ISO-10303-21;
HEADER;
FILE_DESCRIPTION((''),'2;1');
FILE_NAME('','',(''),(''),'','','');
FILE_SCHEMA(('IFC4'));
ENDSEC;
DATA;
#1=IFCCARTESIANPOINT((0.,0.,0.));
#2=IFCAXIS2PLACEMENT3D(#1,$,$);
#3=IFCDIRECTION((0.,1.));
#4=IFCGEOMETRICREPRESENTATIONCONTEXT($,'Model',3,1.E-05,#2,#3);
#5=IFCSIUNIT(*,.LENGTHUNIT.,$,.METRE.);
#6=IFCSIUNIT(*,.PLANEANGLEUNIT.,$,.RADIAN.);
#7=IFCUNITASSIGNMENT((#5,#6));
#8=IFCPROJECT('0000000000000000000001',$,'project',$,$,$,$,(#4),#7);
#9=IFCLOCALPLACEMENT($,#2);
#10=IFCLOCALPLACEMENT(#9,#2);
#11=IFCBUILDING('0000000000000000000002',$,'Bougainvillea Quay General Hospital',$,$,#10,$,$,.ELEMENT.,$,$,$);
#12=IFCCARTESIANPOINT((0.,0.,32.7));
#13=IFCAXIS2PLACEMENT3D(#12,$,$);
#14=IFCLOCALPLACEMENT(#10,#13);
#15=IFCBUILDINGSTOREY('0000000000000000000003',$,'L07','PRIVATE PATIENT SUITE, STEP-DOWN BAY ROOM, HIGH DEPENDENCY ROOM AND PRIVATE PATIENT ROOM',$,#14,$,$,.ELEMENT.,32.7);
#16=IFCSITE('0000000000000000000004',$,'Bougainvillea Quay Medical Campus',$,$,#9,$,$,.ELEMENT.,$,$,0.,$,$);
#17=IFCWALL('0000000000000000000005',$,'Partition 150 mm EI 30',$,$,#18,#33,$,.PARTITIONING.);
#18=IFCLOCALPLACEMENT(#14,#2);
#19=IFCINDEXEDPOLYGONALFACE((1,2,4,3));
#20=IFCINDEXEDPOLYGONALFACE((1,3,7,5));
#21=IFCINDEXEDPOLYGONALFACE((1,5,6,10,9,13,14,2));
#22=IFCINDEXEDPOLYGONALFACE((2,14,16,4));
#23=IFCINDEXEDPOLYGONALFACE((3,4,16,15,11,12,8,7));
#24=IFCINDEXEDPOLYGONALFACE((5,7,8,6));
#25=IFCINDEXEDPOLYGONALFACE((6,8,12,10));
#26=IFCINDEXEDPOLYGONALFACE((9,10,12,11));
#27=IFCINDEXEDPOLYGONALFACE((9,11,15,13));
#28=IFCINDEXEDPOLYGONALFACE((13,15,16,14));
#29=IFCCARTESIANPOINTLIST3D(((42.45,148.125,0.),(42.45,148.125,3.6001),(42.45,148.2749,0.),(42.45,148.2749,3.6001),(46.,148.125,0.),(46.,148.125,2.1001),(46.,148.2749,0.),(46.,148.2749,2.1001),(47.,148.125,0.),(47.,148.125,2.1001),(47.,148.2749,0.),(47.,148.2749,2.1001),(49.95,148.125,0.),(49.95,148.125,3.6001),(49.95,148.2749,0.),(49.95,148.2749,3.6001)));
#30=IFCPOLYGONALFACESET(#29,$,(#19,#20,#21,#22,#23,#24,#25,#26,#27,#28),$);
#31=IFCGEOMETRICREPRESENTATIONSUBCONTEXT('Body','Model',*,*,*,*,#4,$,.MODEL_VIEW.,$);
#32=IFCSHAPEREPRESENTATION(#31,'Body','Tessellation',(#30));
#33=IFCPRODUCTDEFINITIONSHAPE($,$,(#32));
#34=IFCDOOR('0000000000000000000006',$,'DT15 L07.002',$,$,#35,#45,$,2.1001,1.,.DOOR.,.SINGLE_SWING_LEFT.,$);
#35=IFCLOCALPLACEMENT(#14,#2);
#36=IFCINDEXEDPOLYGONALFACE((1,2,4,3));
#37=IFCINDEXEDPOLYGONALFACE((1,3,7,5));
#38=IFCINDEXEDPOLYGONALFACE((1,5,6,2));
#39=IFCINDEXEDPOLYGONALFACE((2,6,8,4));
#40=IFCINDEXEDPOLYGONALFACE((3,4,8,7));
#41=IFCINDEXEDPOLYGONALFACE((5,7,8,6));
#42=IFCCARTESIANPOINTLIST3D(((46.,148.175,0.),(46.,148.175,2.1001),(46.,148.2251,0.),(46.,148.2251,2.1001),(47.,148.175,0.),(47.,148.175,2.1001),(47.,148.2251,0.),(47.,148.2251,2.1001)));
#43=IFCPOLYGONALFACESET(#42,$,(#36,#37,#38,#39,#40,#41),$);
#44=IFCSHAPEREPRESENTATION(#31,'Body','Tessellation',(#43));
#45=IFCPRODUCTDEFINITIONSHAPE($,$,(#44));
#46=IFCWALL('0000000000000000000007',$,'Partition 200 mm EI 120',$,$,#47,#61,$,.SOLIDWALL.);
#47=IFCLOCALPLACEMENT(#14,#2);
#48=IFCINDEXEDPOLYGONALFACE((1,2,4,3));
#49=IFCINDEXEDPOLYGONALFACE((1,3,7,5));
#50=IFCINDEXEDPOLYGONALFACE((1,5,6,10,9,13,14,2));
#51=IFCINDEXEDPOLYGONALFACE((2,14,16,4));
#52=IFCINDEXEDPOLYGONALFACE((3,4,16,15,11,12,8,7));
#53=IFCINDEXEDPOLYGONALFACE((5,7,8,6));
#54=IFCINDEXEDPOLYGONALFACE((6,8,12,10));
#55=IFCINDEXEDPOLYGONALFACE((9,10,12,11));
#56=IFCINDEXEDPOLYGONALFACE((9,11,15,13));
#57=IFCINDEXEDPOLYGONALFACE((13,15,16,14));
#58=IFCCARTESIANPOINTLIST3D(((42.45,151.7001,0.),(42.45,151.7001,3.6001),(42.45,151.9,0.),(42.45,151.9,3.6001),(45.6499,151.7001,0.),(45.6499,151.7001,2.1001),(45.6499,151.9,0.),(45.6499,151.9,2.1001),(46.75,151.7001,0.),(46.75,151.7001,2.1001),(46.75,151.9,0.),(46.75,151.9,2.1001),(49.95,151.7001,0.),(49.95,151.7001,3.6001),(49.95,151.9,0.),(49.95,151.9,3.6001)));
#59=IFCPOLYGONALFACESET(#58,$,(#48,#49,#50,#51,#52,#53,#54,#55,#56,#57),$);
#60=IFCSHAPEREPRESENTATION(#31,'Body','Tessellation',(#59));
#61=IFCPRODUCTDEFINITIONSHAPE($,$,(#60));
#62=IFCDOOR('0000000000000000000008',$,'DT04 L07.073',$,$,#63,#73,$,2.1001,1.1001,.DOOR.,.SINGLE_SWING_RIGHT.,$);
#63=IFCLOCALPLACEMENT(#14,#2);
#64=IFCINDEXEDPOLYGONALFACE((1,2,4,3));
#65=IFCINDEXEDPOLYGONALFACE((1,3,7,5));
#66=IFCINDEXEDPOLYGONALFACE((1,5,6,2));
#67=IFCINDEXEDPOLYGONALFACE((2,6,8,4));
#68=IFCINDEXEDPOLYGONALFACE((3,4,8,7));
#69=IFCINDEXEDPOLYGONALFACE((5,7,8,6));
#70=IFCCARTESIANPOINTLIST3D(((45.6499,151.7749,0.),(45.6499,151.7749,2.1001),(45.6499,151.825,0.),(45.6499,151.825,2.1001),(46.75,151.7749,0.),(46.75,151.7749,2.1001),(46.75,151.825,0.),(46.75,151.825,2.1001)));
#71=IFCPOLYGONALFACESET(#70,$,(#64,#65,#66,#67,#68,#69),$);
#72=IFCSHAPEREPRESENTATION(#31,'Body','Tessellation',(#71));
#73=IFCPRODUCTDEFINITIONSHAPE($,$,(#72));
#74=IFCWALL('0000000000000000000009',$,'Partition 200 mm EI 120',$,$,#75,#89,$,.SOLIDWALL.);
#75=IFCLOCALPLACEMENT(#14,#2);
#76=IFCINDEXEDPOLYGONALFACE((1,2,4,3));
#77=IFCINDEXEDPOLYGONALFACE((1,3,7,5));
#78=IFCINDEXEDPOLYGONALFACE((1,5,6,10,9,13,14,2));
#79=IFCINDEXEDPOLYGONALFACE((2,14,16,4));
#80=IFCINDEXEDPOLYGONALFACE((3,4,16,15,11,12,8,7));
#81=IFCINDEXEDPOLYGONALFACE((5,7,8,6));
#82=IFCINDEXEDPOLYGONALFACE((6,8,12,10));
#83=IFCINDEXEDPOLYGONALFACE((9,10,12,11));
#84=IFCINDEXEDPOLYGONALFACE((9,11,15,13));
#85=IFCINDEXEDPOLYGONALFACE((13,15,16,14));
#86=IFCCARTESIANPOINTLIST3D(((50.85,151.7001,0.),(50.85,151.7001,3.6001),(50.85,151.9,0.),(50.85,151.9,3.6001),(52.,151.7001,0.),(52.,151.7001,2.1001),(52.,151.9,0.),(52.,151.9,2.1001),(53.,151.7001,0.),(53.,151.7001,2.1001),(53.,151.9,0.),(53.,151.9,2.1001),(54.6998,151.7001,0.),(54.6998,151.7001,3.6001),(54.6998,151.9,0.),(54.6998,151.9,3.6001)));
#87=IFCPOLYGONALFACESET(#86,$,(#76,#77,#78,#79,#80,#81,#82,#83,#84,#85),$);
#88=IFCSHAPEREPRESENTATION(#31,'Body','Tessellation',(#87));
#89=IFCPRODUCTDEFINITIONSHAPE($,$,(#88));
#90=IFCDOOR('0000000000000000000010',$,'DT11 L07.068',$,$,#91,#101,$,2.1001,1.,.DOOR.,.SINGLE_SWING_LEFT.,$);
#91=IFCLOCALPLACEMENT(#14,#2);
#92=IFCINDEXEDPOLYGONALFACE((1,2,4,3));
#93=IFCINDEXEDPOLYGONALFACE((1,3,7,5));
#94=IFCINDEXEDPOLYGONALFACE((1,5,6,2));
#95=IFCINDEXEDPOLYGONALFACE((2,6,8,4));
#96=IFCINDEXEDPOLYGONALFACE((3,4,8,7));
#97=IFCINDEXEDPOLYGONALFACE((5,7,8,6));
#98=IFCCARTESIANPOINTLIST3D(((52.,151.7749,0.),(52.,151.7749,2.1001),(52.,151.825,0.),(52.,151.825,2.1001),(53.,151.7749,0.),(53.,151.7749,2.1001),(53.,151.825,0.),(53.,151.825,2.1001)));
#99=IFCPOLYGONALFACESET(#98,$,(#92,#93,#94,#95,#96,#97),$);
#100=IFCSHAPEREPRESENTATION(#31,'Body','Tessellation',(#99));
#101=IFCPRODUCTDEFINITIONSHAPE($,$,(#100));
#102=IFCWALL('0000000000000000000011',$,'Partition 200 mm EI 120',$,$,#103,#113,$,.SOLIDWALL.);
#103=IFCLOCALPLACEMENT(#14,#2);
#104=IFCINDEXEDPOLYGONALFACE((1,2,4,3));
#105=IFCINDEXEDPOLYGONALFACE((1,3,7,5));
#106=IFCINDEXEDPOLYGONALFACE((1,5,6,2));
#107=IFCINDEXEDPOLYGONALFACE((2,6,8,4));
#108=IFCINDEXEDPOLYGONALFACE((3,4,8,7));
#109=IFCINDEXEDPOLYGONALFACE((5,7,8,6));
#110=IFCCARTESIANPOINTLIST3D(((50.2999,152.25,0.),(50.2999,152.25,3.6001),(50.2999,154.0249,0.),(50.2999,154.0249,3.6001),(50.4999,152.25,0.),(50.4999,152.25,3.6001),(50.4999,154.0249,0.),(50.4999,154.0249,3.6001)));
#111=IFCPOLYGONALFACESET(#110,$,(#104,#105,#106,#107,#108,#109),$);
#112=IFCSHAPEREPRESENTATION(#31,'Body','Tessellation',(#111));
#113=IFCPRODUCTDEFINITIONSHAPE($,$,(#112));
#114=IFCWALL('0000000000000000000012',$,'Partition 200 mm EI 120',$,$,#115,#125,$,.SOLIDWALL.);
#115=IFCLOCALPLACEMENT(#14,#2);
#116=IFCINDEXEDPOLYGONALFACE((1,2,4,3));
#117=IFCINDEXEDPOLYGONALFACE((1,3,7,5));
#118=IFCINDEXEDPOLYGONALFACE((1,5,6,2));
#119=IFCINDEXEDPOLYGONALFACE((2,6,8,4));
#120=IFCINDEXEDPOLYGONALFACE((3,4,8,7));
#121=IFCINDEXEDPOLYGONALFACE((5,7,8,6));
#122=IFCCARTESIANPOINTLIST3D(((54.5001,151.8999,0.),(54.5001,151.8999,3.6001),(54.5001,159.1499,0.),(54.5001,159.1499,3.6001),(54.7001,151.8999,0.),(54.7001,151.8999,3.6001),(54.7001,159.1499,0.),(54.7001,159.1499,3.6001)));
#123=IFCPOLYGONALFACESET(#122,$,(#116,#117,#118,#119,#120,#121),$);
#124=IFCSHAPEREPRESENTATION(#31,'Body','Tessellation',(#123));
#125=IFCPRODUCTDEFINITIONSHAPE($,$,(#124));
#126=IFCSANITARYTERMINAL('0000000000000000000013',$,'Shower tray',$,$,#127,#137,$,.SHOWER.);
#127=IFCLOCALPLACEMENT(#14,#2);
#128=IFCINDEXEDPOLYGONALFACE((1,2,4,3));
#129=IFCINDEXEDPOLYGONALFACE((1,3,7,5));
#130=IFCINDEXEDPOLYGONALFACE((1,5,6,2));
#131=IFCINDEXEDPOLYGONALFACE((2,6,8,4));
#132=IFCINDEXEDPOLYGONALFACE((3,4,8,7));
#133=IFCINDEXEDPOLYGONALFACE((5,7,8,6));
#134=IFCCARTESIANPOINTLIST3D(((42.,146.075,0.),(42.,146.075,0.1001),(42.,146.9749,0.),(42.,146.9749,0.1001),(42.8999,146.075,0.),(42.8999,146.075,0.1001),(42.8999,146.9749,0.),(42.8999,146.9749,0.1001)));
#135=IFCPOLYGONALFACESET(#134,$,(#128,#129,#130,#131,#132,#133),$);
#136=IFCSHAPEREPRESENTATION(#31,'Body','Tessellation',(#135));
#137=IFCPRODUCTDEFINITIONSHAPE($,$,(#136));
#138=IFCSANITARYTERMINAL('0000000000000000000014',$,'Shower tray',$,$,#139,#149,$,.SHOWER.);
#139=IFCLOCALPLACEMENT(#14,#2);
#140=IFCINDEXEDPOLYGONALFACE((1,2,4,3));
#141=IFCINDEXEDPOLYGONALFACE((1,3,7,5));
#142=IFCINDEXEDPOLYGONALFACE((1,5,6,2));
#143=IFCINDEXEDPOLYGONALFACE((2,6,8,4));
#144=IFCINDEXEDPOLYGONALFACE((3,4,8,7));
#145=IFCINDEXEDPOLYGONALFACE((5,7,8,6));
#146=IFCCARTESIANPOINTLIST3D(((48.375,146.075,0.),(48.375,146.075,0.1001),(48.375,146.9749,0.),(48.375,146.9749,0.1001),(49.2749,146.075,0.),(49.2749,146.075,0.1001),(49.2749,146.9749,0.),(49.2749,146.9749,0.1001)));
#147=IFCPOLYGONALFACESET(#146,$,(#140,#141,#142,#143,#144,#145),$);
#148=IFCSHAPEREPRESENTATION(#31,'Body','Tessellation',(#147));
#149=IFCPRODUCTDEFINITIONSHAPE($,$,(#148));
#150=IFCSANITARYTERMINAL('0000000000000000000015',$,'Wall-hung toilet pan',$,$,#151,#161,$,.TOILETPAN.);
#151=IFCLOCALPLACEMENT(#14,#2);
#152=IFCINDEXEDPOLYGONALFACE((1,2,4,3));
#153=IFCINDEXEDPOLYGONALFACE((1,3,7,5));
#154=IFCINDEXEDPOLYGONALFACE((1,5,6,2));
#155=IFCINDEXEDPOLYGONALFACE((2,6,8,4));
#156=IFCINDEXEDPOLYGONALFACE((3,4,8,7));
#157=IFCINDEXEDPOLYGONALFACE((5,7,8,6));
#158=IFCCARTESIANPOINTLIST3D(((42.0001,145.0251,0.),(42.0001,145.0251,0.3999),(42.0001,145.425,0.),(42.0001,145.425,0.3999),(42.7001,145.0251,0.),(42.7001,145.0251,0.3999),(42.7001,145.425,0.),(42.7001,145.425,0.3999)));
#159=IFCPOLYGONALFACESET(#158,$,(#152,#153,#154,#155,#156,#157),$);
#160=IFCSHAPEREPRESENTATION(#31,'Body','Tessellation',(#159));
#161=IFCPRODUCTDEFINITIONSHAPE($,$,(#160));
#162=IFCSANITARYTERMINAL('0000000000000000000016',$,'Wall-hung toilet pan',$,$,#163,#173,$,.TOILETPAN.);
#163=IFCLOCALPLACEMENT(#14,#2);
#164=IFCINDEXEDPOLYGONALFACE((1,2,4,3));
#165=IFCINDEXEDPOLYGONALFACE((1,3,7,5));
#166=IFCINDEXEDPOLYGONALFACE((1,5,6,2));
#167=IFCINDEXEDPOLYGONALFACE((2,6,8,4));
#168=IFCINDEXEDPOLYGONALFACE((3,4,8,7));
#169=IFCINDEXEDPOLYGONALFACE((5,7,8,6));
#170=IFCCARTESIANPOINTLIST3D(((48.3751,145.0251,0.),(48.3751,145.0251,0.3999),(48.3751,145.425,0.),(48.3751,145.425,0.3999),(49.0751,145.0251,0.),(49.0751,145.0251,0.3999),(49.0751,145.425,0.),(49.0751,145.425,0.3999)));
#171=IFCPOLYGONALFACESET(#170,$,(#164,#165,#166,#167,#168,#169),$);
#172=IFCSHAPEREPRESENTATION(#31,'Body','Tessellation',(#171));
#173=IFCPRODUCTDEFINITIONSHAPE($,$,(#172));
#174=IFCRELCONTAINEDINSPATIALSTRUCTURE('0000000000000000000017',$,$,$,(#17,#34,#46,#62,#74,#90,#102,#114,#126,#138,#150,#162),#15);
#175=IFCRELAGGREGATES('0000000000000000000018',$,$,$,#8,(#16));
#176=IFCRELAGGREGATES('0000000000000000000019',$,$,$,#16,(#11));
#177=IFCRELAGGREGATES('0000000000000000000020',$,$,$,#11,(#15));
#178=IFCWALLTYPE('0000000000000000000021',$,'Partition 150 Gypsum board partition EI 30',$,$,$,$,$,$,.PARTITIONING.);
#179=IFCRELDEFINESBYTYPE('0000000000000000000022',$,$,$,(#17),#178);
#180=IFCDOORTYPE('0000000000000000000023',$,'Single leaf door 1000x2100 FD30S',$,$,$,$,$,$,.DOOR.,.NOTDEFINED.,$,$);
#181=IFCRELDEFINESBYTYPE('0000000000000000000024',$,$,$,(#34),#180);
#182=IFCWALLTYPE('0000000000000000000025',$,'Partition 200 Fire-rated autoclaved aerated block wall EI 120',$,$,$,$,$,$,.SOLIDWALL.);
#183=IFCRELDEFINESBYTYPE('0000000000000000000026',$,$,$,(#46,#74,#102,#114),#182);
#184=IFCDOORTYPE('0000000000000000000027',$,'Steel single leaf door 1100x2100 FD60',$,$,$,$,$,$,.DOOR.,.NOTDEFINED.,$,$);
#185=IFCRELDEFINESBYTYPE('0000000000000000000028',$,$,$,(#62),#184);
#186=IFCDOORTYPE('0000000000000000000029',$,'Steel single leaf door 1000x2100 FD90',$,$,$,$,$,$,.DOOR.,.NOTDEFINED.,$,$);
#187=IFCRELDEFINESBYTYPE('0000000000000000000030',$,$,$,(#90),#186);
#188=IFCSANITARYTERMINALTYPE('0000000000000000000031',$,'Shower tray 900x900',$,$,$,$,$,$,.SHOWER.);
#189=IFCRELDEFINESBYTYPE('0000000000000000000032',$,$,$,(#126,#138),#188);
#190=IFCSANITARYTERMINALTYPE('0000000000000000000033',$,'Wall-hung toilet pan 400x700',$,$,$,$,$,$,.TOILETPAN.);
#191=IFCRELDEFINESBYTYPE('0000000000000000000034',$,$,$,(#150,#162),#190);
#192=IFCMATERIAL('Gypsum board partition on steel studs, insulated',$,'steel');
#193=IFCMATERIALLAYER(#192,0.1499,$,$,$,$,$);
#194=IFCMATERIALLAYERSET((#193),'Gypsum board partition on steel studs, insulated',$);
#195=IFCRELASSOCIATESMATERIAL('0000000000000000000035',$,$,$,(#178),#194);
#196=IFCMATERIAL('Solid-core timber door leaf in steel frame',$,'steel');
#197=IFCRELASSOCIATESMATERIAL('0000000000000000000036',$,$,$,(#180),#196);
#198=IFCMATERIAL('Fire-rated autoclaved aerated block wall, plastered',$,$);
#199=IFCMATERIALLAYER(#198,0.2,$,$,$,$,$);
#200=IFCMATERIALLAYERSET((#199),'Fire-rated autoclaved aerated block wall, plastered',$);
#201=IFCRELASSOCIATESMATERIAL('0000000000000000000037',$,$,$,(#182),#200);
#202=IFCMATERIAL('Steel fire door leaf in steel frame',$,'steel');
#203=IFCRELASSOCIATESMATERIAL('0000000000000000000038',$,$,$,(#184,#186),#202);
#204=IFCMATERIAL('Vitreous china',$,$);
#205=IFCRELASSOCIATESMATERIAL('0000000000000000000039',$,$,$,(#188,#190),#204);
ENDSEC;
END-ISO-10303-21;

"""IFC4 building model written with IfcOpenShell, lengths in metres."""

from ifc_helpers import new_model, si_unit, direction, frame, frame_2d, origin, origin_2d, place, context, subcontext, project, spatial, rectangle, extrude, material, layer, layer_set, type_object, element, fill, save


model = new_model("IFC4")

# Units and contexts
model_context = context("Model", 3, precision=1e-05, world=origin(), true_north=direction((0.0, 1.0)))
body_context = subcontext(model_context, "Body", "Model", "MODEL_VIEW")
ifc_project = project(units=[si_unit("LENGTHUNIT", "METRE"), si_unit("PLANEANGLEUNIT", "RADIAN")], contexts=[model_context])

# Site, building, storey
site_placement = place(None, origin())
site = spatial("IfcSite", under=ifc_project, at=site_placement, Name="Bougainvillea Quay Medical Campus", CompositionType="ELEMENT", RefElevation=0.0)
building_placement = place(site_placement, origin())
building = spatial("IfcBuilding", under=site, at=building_placement, Name="Bougainvillea Quay General Hospital", CompositionType="ELEMENT")
storey_placement = place(building_placement, frame((0.0, 0.0, 32.7)))
storey = spatial("IfcBuildingStorey", under=building, at=storey_placement, Name="L07", Description="PRIVATE PATIENT SUITE, STEP-DOWN BAY ROOM, HIGH DEPENDENCY ROOM AND PRIVATE PATIENT ROOM", CompositionType="ELEMENT", Elevation=32.7)

# Walls, openings, doors
ifc_material_1 = material(Name="Gypsum board partition on steel studs, insulated", Category="steel")
ifc_layer_1 = layer(ifc_material_1, 0.1499)
ifc_layer_set_1 = layer_set([ifc_layer_1], Name="Gypsum board partition on steel studs, insulated")
wall_type_1 = type_object("IfcWallType", Name="Partition 150 Gypsum board partition EI 30", PredefinedType="PARTITIONING", material=ifc_layer_set_1)
wall_1_placement = place(storey_placement, frame((49.95, 148.2, 0.0), z_axis=(0.0, 0.0, 1.0), x_axis=(-1.0, 0.0, 0.0)))
wall_1 = element("IfcWall", 1, at=wall_1_placement, inside=storey, type_object=wall_type_1, Name="Partition 150 mm EI 30", PredefinedType="PARTITIONING", context=body_context, shape_type="SweptSolid", body=[
    extrude(rectangle(XDim=7.5, YDim=0.1499, at=frame_2d((3.75, 0.0))), origin(), (0.0, 0.0, 1.0), 3.6001),
])
opening_1_placement = place(wall_1_placement, frame((2.95, 0.0, 0.0)))
opening_1 = element("IfcOpeningElement", 2, at=opening_1_placement, cuts=wall_1, PredefinedType="OPENING", context=body_context, shape_type="SweptSolid", body=[
    extrude(rectangle(XDim=1.0, YDim=2.1001, at=frame_2d((0.5, 1.05))), frame((0.0, 0.085, 0.0), z_axis=(0.0, -1.0, 0.0), x_axis=(1.0, 0.0, 0.0)), (0.0, 0.0, 1.0), 0.1699),
])
ifc_material_2 = material(Name="Solid-core timber door leaf in steel frame", Category="steel")
door_type_1 = type_object("IfcDoorType", Name="Single leaf door 1000x2100 FD30S", OperationType="NOTDEFINED", PredefinedType="DOOR", material=ifc_material_2)
door_1_placement = place(opening_1_placement, origin())
door_1 = element("IfcDoor", 3, at=door_1_placement, inside=storey, type_object=door_type_1, Name="DT15 L07.002", OperationType="SINGLE_SWING_LEFT", OverallHeight=2.1001, OverallWidth=1.0, PredefinedType="DOOR", context=body_context, shape_type="SweptSolid", body=[
    extrude(rectangle(XDim=1.0, YDim=2.1001, at=frame_2d((0.5, 1.05))), frame((0.0, 0.0249, 0.0), z_axis=(0.0, -1.0, 0.0), x_axis=(1.0, 0.0, 0.0)), (0.0, 0.0, 1.0), 0.05),
])
fill(opening_1, door_1)
ifc_material_3 = material(Name="Fire-rated autoclaved aerated block wall, plastered")
ifc_layer_2 = layer(ifc_material_3, 0.2)
ifc_layer_set_2 = layer_set([ifc_layer_2], Name="Fire-rated autoclaved aerated block wall, plastered")
wall_type_2 = type_object("IfcWallType", Name="Partition 200 Fire-rated autoclaved aerated block wall EI 120", PredefinedType="SOLIDWALL", material=ifc_layer_set_2)
wall_2_placement = place(storey_placement, frame((42.45, 151.8, 0.0), z_axis=(0.0, 0.0, 1.0), x_axis=(1.0, 0.0, 0.0)))
wall_2 = element("IfcWall", 4, at=wall_2_placement, inside=storey, type_object=wall_type_2, Name="Partition 200 mm EI 120", PredefinedType="SOLIDWALL", context=body_context, shape_type="SweptSolid", body=[
    extrude(rectangle(XDim=7.5, YDim=0.2, at=frame_2d((3.75, 0.0))), origin(), (0.0, 0.0, 1.0), 3.6001),
])
opening_2_placement = place(wall_2_placement, frame((3.2, 0.0, 0.0)))
opening_2 = element("IfcOpeningElement", 5, at=opening_2_placement, cuts=wall_2, PredefinedType="OPENING", context=body_context, shape_type="SweptSolid", body=[
    extrude(rectangle(XDim=1.1001, YDim=2.1001, at=frame_2d((0.55, 1.05))), frame((0.0, 0.1099, 0.0), z_axis=(0.0, -1.0, 0.0), x_axis=(1.0, 0.0, 0.0)), (0.0, 0.0, 1.0), 0.22),
])
ifc_material_4 = material(Name="Steel fire door leaf in steel frame", Category="steel")
door_type_2 = type_object("IfcDoorType", Name="Steel single leaf door 1100x2100 FD60", OperationType="NOTDEFINED", PredefinedType="DOOR", material=ifc_material_4)
door_2_placement = place(opening_2_placement, origin())
door_2 = element("IfcDoor", 6, at=door_2_placement, inside=storey, type_object=door_type_2, Name="DT04 L07.073", OperationType="SINGLE_SWING_RIGHT", OverallHeight=2.1001, OverallWidth=1.1001, PredefinedType="DOOR", context=body_context, shape_type="SweptSolid", body=[
    extrude(rectangle(XDim=1.1001, YDim=2.1001, at=frame_2d((0.55, 1.05))), frame((0.0, 0.0249, 0.0), z_axis=(0.0, -1.0, 0.0), x_axis=(1.0, 0.0, 0.0)), (0.0, 0.0, 1.0), 0.05),
])
fill(opening_2, door_2)
wall_3_placement = place(storey_placement, frame((50.8501, 151.8, 0.0), z_axis=(0.0, 0.0, 1.0), x_axis=(1.0, 0.0, 0.0)))
wall_3 = element("IfcWall", 7, at=wall_3_placement, inside=storey, type_object=wall_type_2, Name="Partition 200 mm EI 120", PredefinedType="SOLIDWALL", context=body_context, shape_type="SweptSolid", body=[
    extrude(rectangle(XDim=3.8499, YDim=0.2, at=frame_2d((1.9248, 0.0))), origin(), (0.0, 0.0, 1.0), 3.6001),
])
opening_3_placement = place(wall_3_placement, frame((1.1499, 0.0, 0.0)))
opening_3 = element("IfcOpeningElement", 8, at=opening_3_placement, cuts=wall_3, PredefinedType="OPENING", context=body_context, shape_type="SweptSolid", body=[
    extrude(rectangle(XDim=1.0, YDim=2.1001, at=frame_2d((0.5, 1.05))), frame((0.0, 0.1099, 0.0), z_axis=(0.0, -1.0, 0.0), x_axis=(1.0, 0.0, 0.0)), (0.0, 0.0, 1.0), 0.22),
])
door_type_3 = type_object("IfcDoorType", Name="Steel single leaf door 1000x2100 FD90", OperationType="NOTDEFINED", PredefinedType="DOOR", material=ifc_material_4)
door_3_placement = place(opening_3_placement, origin())
door_3 = element("IfcDoor", 9, at=door_3_placement, inside=storey, type_object=door_type_3, Name="DT11 L07.068", OperationType="SINGLE_SWING_LEFT", OverallHeight=2.1001, OverallWidth=1.0, PredefinedType="DOOR", context=body_context, shape_type="SweptSolid", body=[
    extrude(rectangle(XDim=1.0, YDim=2.1001, at=frame_2d((0.5, 1.05))), frame((0.0, 0.0249, 0.0), z_axis=(0.0, -1.0, 0.0), x_axis=(1.0, 0.0, 0.0)), (0.0, 0.0, 1.0), 0.05),
])
fill(opening_3, door_3)

# Walls
wall_4_placement = place(storey_placement, frame((50.3999, 152.25, 0.0), z_axis=(0.0, 0.0, 1.0), x_axis=(0.0, 1.0, 0.0)))
element("IfcWall", 10, at=wall_4_placement, inside=storey, type_object=wall_type_2, Name="Partition 200 mm EI 120", PredefinedType="SOLIDWALL", context=body_context, shape_type="SweptSolid", body=[
    extrude(rectangle(XDim=1.7749, YDim=0.2, at=frame_2d((0.8875, 0.0))), origin(), (0.0, 0.0, 1.0), 3.6001),
])
wall_5_placement = place(storey_placement, frame((54.6001, 151.8999, 0.0), z_axis=(0.0, 0.0, 1.0), x_axis=(0.0, 1.0, 0.0)))
element("IfcWall", 11, at=wall_5_placement, inside=storey, type_object=wall_type_2, Name="Partition 200 mm EI 120", PredefinedType="SOLIDWALL", context=body_context, shape_type="SweptSolid", body=[
    extrude(rectangle(XDim=7.25, YDim=0.2, at=frame_2d((3.625, 0.0))), origin(), (0.0, 0.0, 1.0), 3.6001),
])

# Sanitary terminals
ifc_material_5 = material(Name="Vitreous china")
sanitary_terminal_type_1 = type_object("IfcSanitaryTerminalType", Name="Shower tray 900x900", PredefinedType="SHOWER", material=ifc_material_5)
for number, where, z_axis, x_axis, name in (
    (12, (42.45, 146.5249, 0.0), (0.0, 0.0, 1.0), (0.0, 1.0, 0.0), "Shower tray"),
    (13, (48.825, 146.5249, 0.0), (0.0, 0.0, 1.0), (0.0, 1.0, 0.0), "Shower tray"),
):
    element("IfcSanitaryTerminal", number, at=place(storey_placement, frame(where, z_axis=z_axis, x_axis=x_axis)), inside=storey, type_object=sanitary_terminal_type_1, Name=name, PredefinedType="SHOWER", context=body_context, shape_type="SweptSolid", body=[
        extrude(rectangle(XDim=0.8999, YDim=0.8999, at=origin_2d()), origin(), (0.0, 0.0, 1.0), 0.1001),
    ])
sanitary_terminal_type_2 = type_object("IfcSanitaryTerminalType", Name="Wall-hung toilet pan 400x700", PredefinedType="TOILETPAN", material=ifc_material_5)
for number, where, z_axis, x_axis, name in (
    (14, (42.3501, 145.2251, 0.0), (0.0, 0.0, 1.0), (0.0, 1.0, 0.0), "Wall-hung toilet pan"),
    (15, (48.7251, 145.2251, 0.0), (0.0, 0.0, 1.0), (0.0, 1.0, 0.0), "Wall-hung toilet pan"),
):
    element("IfcSanitaryTerminal", number, at=place(storey_placement, frame(where, z_axis=z_axis, x_axis=x_axis)), inside=storey, type_object=sanitary_terminal_type_2, Name=name, PredefinedType="TOILETPAN", context=body_context, shape_type="SweptSolid", body=[
        extrude(rectangle(XDim=0.3999, YDim=0.7, at=origin_2d()), origin(), (0.0, 0.0, 1.0), 0.3999),
    ])

save(model, "model.ifc")
